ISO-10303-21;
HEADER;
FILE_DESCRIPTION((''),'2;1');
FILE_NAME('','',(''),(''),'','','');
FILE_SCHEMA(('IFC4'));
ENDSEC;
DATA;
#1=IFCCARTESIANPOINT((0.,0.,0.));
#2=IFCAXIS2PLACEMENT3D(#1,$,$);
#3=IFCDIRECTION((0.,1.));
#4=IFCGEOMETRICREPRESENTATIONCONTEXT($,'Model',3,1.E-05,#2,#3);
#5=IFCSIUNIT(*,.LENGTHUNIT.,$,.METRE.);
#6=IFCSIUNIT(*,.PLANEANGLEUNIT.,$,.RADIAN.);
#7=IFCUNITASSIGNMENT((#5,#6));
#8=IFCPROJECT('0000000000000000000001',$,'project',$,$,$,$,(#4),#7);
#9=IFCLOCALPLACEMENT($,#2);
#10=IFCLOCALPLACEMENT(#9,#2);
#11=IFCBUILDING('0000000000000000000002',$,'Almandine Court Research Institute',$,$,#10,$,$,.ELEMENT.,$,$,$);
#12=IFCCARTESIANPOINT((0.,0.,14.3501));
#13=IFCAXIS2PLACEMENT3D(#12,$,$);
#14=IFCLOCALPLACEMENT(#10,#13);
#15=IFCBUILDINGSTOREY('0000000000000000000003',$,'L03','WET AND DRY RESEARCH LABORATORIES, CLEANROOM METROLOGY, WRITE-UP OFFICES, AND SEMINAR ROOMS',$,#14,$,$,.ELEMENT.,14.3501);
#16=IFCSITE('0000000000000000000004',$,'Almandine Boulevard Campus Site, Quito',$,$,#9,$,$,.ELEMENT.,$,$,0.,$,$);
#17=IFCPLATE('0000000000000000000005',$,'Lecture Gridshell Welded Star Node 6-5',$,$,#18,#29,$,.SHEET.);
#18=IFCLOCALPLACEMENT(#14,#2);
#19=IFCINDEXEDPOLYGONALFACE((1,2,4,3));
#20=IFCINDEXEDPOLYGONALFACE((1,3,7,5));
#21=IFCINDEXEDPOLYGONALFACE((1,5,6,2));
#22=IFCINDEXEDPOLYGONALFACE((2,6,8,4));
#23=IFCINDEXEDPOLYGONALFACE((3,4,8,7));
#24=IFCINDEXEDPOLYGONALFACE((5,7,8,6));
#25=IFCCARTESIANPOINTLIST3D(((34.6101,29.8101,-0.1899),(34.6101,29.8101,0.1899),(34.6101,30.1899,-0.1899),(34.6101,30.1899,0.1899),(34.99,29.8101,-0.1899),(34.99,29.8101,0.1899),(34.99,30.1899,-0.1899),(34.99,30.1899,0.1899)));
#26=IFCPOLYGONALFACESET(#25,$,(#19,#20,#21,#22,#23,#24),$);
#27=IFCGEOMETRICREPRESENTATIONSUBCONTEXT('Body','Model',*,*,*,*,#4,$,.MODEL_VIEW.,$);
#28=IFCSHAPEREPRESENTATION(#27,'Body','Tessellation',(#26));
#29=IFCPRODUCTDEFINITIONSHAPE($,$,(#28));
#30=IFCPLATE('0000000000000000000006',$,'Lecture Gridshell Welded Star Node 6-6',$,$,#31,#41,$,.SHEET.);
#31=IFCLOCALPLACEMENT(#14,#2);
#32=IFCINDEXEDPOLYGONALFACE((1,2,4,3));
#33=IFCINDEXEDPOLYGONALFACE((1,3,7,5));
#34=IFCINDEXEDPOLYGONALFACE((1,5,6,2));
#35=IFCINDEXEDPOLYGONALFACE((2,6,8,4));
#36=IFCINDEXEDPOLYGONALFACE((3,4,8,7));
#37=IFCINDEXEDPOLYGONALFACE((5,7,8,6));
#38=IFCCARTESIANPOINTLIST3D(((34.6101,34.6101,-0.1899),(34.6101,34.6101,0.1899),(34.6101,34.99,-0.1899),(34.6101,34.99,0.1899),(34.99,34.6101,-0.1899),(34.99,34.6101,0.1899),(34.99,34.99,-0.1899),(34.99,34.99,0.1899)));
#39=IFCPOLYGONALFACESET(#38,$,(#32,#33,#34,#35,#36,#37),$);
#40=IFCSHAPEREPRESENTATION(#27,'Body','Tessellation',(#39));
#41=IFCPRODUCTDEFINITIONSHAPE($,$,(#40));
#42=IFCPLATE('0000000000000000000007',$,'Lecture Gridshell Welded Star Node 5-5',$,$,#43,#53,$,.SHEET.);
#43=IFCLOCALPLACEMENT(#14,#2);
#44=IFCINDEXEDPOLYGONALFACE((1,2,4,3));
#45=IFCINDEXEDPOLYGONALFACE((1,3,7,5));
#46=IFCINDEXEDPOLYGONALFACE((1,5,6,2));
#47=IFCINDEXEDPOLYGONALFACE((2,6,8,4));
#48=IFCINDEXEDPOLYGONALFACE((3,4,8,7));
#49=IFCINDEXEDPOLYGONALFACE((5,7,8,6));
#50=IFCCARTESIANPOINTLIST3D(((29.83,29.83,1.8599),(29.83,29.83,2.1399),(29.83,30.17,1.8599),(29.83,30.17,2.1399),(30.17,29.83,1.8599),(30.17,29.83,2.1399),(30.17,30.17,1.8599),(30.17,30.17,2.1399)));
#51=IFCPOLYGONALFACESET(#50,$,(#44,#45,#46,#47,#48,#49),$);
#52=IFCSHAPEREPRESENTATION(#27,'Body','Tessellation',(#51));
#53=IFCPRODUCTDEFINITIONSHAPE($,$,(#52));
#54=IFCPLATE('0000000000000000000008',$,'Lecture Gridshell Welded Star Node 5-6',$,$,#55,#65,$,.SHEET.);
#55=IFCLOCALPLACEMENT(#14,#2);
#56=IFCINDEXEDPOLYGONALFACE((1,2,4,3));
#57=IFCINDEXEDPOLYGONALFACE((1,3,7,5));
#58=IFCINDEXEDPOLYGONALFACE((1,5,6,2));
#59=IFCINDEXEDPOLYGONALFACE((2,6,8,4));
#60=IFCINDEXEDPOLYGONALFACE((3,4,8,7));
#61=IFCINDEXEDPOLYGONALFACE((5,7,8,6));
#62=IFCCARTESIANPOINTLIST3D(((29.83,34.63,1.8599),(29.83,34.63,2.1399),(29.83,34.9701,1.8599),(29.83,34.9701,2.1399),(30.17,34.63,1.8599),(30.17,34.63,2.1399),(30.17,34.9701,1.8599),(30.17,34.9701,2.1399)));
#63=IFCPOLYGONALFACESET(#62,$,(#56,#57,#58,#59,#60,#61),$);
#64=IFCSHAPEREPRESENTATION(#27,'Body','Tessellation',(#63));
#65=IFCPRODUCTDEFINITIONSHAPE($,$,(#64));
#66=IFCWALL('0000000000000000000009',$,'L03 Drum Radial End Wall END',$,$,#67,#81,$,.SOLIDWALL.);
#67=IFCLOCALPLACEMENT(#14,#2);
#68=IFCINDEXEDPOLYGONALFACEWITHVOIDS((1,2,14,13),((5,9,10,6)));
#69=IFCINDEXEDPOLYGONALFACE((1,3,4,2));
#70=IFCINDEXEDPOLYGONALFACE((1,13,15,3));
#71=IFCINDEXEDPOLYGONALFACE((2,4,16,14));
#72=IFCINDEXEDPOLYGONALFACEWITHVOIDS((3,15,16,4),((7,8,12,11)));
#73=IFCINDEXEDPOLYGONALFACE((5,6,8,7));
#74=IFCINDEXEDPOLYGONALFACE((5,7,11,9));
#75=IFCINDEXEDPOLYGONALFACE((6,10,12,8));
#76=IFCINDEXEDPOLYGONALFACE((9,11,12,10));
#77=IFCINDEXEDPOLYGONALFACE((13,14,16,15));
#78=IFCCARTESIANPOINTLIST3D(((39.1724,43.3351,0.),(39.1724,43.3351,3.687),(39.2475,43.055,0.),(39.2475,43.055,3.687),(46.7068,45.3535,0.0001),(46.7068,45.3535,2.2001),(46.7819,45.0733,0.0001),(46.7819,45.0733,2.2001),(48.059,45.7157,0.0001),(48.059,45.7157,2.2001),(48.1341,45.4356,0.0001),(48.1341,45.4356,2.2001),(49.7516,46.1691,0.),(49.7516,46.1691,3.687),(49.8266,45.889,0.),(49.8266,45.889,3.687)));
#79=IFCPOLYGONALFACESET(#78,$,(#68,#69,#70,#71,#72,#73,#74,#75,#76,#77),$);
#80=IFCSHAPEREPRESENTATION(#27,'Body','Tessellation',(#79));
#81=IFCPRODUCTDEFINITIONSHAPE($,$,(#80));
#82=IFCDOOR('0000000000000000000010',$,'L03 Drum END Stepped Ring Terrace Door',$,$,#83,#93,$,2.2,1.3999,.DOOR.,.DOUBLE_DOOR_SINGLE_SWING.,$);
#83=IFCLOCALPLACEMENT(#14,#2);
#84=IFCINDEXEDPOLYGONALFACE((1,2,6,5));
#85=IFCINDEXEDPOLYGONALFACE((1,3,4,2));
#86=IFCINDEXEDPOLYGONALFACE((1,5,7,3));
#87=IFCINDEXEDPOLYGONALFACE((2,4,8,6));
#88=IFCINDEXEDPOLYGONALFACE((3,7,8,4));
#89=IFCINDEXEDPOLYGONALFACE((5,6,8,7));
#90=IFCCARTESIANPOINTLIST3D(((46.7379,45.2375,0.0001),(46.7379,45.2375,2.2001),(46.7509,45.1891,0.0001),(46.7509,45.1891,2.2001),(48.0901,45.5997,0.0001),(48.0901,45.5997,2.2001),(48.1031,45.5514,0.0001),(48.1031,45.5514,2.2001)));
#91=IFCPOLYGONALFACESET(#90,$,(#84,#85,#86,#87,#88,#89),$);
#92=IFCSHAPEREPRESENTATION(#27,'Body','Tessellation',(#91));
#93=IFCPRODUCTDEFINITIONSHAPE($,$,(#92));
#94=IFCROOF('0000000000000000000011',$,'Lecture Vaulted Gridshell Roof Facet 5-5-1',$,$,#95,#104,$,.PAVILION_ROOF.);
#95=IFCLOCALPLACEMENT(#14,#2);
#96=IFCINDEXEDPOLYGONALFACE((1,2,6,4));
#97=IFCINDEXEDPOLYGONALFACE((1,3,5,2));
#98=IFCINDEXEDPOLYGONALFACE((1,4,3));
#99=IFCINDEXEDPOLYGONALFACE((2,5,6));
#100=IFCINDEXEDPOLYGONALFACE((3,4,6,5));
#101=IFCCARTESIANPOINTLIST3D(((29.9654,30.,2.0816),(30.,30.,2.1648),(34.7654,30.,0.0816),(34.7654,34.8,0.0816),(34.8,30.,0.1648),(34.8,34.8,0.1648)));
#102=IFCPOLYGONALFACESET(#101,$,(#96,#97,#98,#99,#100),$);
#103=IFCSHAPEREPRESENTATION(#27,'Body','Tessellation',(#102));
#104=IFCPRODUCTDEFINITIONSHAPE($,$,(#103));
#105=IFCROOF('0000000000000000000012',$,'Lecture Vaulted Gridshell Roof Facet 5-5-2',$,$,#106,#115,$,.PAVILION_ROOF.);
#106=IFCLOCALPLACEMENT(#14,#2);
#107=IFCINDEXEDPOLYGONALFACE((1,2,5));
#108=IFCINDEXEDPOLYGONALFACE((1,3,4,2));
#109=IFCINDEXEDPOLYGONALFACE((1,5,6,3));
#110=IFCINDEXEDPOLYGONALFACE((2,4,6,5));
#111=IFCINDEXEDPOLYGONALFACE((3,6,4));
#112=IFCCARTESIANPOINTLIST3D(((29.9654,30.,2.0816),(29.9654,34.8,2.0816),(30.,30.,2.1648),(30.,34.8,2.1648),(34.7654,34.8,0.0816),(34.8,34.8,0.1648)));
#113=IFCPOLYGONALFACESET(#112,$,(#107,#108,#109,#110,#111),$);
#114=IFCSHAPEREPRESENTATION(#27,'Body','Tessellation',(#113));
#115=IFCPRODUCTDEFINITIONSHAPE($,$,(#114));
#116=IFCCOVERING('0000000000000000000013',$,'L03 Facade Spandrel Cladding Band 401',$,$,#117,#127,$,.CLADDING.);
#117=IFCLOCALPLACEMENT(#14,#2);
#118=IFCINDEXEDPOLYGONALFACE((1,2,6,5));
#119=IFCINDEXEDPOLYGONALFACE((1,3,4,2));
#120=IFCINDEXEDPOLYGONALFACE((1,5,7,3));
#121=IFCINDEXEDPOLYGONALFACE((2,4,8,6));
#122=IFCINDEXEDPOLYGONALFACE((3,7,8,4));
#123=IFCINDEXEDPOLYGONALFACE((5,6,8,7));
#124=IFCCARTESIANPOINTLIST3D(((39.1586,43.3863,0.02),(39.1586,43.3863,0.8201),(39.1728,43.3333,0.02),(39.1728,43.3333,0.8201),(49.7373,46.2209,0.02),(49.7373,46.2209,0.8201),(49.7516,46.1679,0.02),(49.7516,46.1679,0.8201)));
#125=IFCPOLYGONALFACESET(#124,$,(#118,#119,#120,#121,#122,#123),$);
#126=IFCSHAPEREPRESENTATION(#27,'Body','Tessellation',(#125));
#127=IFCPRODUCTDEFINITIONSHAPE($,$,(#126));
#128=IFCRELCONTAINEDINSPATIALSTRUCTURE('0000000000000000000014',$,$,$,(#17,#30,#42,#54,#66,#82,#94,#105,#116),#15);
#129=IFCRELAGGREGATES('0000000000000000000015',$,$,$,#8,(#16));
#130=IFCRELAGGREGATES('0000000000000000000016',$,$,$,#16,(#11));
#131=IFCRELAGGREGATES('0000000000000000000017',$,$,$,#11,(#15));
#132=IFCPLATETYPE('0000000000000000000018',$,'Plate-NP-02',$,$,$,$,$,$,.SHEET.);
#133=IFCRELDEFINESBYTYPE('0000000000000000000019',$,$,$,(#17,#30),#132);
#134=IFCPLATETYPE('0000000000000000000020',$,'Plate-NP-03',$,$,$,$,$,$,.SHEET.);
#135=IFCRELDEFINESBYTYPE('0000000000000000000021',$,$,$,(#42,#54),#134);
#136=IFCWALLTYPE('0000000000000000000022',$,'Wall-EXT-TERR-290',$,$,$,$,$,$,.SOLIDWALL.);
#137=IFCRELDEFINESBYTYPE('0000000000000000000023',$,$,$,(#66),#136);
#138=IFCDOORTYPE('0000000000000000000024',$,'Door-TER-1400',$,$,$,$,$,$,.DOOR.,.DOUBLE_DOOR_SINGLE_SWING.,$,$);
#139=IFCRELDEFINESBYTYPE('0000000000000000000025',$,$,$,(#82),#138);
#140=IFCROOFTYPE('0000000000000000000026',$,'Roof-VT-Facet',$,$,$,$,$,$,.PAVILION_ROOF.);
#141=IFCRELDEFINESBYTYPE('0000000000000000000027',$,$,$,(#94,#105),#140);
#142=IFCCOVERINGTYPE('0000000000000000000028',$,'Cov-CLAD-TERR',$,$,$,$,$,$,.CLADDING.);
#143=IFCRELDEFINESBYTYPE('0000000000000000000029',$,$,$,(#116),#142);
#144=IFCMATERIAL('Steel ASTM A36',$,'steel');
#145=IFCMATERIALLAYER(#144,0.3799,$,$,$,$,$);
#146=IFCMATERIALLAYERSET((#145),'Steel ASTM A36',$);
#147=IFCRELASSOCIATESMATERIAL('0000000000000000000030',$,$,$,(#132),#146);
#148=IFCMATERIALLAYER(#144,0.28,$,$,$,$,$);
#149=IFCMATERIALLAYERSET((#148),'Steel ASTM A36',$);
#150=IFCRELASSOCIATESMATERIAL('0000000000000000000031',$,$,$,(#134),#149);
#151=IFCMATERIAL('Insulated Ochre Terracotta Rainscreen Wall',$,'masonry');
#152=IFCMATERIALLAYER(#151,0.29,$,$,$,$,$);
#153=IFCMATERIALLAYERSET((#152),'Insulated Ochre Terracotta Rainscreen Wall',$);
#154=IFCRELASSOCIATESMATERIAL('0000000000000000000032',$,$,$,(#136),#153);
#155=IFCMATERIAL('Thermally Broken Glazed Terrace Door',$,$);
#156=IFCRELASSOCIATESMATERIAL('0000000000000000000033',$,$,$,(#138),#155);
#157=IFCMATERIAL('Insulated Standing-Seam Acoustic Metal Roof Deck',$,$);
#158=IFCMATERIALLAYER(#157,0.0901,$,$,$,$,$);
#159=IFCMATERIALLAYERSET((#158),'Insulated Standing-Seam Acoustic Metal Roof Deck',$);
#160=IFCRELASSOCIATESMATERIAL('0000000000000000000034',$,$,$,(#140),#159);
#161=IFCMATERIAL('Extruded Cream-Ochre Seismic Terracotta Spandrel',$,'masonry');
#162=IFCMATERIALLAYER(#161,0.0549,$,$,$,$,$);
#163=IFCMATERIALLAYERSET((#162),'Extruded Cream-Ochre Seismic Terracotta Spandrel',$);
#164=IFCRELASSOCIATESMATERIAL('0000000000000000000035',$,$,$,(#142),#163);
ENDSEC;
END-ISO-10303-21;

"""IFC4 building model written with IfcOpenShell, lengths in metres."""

from ifc_helpers import new_model, si_unit, direction, frame, frame_2d, origin, origin_2d, place, context, subcontext, project, spatial, polyline, rectangle, outline, extrude, material, layer, layer_set, type_object, element, fill, save


model = new_model("IFC4")

# Units and contexts
model_context = context("Model", 3, precision=1e-05, world=origin(), true_north=direction((0.0, 1.0)))
body_context = subcontext(model_context, "Body", "Model", "MODEL_VIEW")
ifc_project = project(units=[si_unit("LENGTHUNIT", "METRE"), si_unit("PLANEANGLEUNIT", "RADIAN")], contexts=[model_context])

# Site, building, storey
site_placement = place(None, origin())
site = spatial("IfcSite", under=ifc_project, at=site_placement, Name="Almandine Boulevard Campus Site, Quito", CompositionType="ELEMENT", RefElevation=0.0)
building_placement = place(site_placement, origin())
building = spatial("IfcBuilding", under=site, at=building_placement, Name="Almandine Court Research Institute", CompositionType="ELEMENT")
storey_placement = place(building_placement, frame((0.0, 0.0, 14.3501)))
storey = spatial("IfcBuildingStorey", under=building, at=storey_placement, Name="L03", Description="WET AND DRY RESEARCH LABORATORIES, CLEANROOM METROLOGY, WRITE-UP OFFICES, AND SEMINAR ROOMS", CompositionType="ELEMENT", Elevation=14.3501)

# Plates
ifc_material_1 = material(Name="Steel ASTM A36", Category="steel")
ifc_layer_1 = layer(ifc_material_1, 0.3799)
ifc_layer_set_1 = layer_set([ifc_layer_1], Name="Steel ASTM A36")
plate_type_1 = type_object("IfcPlateType", Name="Plate-NP-02", PredefinedType="SHEET", material=ifc_layer_set_1)
for number, where, z_axis, x_axis, name in (
    (1, (34.8, 30.0, -0.1899), (0.0, 0.0, 1.0), (1.0, 0.0, 0.0), "Lecture Gridshell Welded Star Node 6-5"),
    (2, (34.8, 34.8, -0.1899), (0.0, 0.0, 1.0), (1.0, 0.0, 0.0), "Lecture Gridshell Welded Star Node 6-6"),
):
    element("IfcPlate", number, at=place(storey_placement, frame(where, z_axis=z_axis, x_axis=x_axis)), inside=storey, type_object=plate_type_1, Name=name, PredefinedType="SHEET", context=body_context, shape_type="SweptSolid", body=[
        extrude(rectangle(XDim=0.3799, YDim=0.3799, at=origin_2d()), origin(), (0.0, 0.0, 1.0), 0.3799),
    ])
ifc_layer_2 = layer(ifc_material_1, 0.28)
ifc_layer_set_2 = layer_set([ifc_layer_2], Name="Steel ASTM A36")
plate_type_2 = type_object("IfcPlateType", Name="Plate-NP-03", PredefinedType="SHEET", material=ifc_layer_set_2)
for number, where, z_axis, x_axis, name in (
    (3, (30.0, 30.0, 1.8599), (0.0, 0.0, 1.0), (1.0, 0.0, 0.0), "Lecture Gridshell Welded Star Node 5-5"),
    (4, (30.0, 34.8, 1.8599), (0.0, 0.0, 1.0), (1.0, 0.0, 0.0), "Lecture Gridshell Welded Star Node 5-6"),
):
    element("IfcPlate", number, at=place(storey_placement, frame(where, z_axis=z_axis, x_axis=x_axis)), inside=storey, type_object=plate_type_2, Name=name, PredefinedType="SHEET", context=body_context, shape_type="SweptSolid", body=[
        extrude(rectangle(XDim=0.3401, YDim=0.3401, at=origin_2d()), origin(), (0.0, 0.0, 1.0), 0.28),
    ])

# Wall, opening, door
ifc_material_2 = material(Name="Insulated Ochre Terracotta Rainscreen Wall", Category="masonry")
ifc_layer_3 = layer(ifc_material_2, 0.29)
ifc_layer_set_3 = layer_set([ifc_layer_3], Name="Insulated Ochre Terracotta Rainscreen Wall")
wall_type = type_object("IfcWallType", Name="Wall-EXT-TERR-290", PredefinedType="SOLIDWALL", material=ifc_layer_set_3)
wall_placement = place(storey_placement, frame((39.21, 43.1951, 0.0), z_axis=(0.0, 0.0, 1.0), x_axis=(0.965941, 0.258761, 0.0)))
wall = element("IfcWall", 5, at=wall_placement, inside=storey, type_object=wall_type, Name="L03 Drum Radial End Wall END", PredefinedType="SOLIDWALL", context=body_context, shape_type="SweptSolid", body=[
    extrude(rectangle(XDim=10.9521, YDim=0.29, at=frame_2d((5.4761, 0.0))), origin(), (0.0, 0.0, 1.0), 3.687),
])
opening_placement = place(wall_placement, frame((7.8, 0.0, 0.0)))
opening = element("IfcOpeningElement", 6, at=opening_placement, cuts=wall, PredefinedType="OPENING", context=body_context, shape_type="SweptSolid", body=[
    extrude(rectangle(XDim=1.3999, YDim=2.2, at=frame_2d((0.7, 1.1001))), frame((0.0, 0.155, 0.0), z_axis=(0.0, -1.0, 0.0), x_axis=(1.0, 0.0, 0.0)), (0.0, 0.0, 1.0), 0.3101),
])
ifc_material_3 = material(Name="Thermally Broken Glazed Terrace Door")
door_type = type_object("IfcDoorType", Name="Door-TER-1400", OperationType="DOUBLE_DOOR_SINGLE_SWING", PredefinedType="DOOR", material=ifc_material_3)
door_placement = place(opening_placement, origin())
door = element("IfcDoor", 7, at=door_placement, inside=storey, type_object=door_type, Name="L03 Drum END Stepped Ring Terrace Door", OperationType="DOUBLE_DOOR_SINGLE_SWING", OverallHeight=2.2, OverallWidth=1.3999, PredefinedType="DOOR", context=body_context, shape_type="SweptSolid", body=[
    extrude(rectangle(XDim=1.3999, YDim=2.2, at=frame_2d((0.7, 1.1001))), frame((0.0, 0.0249, 0.0), z_axis=(0.0, -1.0, 0.0), x_axis=(1.0, 0.0, 0.0)), (0.0, 0.0, 1.0), 0.05),
])
fill(opening, door)

# Roofs
ifc_material_4 = material(Name="Insulated Standing-Seam Acoustic Metal Roof Deck")
ifc_layer_4 = layer(ifc_material_4, 0.0901)
ifc_layer_set_4 = layer_set([ifc_layer_4], Name="Insulated Standing-Seam Acoustic Metal Roof Deck")
roof_type = type_object("IfcRoofType", Name="Roof-VT-Facet", PredefinedType="PAVILION_ROOF", material=ifc_layer_set_4)
roof_1_placement = place(storey_placement, frame((30.0, 30.0, 2.1648), z_axis=(0.384612, 0.0, 0.923078), x_axis=(0.923078, 0.0, -0.384612)))
element("IfcRoof", 8, at=roof_1_placement, inside=storey, type_object=roof_type, Name="Lecture Vaulted Gridshell Roof Facet 5-5-1", PredefinedType="PAVILION_ROOF", context=body_context, shape_type="SweptSolid", body=[
    extrude(outline(polyline([(0.0, 0.0), (5.2, 0.0), (5.2, 4.8), (0.0, 0.0)])), origin(), (0.0, 0.0, -1.0), 0.0901),
])
roof_2_placement = place(storey_placement, frame((30.0, 30.0, 2.1648), z_axis=(0.384612, 0.0, 0.923078), x_axis=(0.678281, 0.678281, -0.282614)))
element("IfcRoof", 9, at=roof_2_placement, inside=storey, type_object=roof_type, Name="Lecture Vaulted Gridshell Roof Facet 5-5-2", PredefinedType="PAVILION_ROOF", context=body_context, shape_type="SweptSolid", body=[
    extrude(outline(polyline([(0.0, 0.0), (7.0768, 0.0), (3.2558, 3.5271), (0.0, 0.0)])), origin(), (0.0, 0.0, -1.0), 0.0901),
])

# Covering
ifc_material_5 = material(Name="Extruded Cream-Ochre Seismic Terracotta Spandrel", Category="masonry")
ifc_layer_5 = layer(ifc_material_5, 0.0549)
ifc_layer_set_5 = layer_set([ifc_layer_5], Name="Extruded Cream-Ochre Seismic Terracotta Spandrel")
covering_type = type_object("IfcCoveringType", Name="Cov-CLAD-TERR", PredefinedType="CLADDING", material=ifc_layer_set_5)
covering_placement = place(storey_placement, frame((44.4551, 44.7771, 0.02), z_axis=(0.0, 0.0, 1.0), x_axis=(0.965926, 0.258819, 0.0)))
element("IfcCovering", 10, at=covering_placement, inside=storey, type_object=covering_type, Name="L03 Facade Spandrel Cladding Band 401", PredefinedType="CLADDING", context=body_context, shape_type="SweptSolid", body=[
    extrude(rectangle(XDim=10.9519, YDim=0.0549, at=origin_2d()), origin(), (0.0, 0.0, 1.0), 0.8),
])

save(model, "model.ifc")
